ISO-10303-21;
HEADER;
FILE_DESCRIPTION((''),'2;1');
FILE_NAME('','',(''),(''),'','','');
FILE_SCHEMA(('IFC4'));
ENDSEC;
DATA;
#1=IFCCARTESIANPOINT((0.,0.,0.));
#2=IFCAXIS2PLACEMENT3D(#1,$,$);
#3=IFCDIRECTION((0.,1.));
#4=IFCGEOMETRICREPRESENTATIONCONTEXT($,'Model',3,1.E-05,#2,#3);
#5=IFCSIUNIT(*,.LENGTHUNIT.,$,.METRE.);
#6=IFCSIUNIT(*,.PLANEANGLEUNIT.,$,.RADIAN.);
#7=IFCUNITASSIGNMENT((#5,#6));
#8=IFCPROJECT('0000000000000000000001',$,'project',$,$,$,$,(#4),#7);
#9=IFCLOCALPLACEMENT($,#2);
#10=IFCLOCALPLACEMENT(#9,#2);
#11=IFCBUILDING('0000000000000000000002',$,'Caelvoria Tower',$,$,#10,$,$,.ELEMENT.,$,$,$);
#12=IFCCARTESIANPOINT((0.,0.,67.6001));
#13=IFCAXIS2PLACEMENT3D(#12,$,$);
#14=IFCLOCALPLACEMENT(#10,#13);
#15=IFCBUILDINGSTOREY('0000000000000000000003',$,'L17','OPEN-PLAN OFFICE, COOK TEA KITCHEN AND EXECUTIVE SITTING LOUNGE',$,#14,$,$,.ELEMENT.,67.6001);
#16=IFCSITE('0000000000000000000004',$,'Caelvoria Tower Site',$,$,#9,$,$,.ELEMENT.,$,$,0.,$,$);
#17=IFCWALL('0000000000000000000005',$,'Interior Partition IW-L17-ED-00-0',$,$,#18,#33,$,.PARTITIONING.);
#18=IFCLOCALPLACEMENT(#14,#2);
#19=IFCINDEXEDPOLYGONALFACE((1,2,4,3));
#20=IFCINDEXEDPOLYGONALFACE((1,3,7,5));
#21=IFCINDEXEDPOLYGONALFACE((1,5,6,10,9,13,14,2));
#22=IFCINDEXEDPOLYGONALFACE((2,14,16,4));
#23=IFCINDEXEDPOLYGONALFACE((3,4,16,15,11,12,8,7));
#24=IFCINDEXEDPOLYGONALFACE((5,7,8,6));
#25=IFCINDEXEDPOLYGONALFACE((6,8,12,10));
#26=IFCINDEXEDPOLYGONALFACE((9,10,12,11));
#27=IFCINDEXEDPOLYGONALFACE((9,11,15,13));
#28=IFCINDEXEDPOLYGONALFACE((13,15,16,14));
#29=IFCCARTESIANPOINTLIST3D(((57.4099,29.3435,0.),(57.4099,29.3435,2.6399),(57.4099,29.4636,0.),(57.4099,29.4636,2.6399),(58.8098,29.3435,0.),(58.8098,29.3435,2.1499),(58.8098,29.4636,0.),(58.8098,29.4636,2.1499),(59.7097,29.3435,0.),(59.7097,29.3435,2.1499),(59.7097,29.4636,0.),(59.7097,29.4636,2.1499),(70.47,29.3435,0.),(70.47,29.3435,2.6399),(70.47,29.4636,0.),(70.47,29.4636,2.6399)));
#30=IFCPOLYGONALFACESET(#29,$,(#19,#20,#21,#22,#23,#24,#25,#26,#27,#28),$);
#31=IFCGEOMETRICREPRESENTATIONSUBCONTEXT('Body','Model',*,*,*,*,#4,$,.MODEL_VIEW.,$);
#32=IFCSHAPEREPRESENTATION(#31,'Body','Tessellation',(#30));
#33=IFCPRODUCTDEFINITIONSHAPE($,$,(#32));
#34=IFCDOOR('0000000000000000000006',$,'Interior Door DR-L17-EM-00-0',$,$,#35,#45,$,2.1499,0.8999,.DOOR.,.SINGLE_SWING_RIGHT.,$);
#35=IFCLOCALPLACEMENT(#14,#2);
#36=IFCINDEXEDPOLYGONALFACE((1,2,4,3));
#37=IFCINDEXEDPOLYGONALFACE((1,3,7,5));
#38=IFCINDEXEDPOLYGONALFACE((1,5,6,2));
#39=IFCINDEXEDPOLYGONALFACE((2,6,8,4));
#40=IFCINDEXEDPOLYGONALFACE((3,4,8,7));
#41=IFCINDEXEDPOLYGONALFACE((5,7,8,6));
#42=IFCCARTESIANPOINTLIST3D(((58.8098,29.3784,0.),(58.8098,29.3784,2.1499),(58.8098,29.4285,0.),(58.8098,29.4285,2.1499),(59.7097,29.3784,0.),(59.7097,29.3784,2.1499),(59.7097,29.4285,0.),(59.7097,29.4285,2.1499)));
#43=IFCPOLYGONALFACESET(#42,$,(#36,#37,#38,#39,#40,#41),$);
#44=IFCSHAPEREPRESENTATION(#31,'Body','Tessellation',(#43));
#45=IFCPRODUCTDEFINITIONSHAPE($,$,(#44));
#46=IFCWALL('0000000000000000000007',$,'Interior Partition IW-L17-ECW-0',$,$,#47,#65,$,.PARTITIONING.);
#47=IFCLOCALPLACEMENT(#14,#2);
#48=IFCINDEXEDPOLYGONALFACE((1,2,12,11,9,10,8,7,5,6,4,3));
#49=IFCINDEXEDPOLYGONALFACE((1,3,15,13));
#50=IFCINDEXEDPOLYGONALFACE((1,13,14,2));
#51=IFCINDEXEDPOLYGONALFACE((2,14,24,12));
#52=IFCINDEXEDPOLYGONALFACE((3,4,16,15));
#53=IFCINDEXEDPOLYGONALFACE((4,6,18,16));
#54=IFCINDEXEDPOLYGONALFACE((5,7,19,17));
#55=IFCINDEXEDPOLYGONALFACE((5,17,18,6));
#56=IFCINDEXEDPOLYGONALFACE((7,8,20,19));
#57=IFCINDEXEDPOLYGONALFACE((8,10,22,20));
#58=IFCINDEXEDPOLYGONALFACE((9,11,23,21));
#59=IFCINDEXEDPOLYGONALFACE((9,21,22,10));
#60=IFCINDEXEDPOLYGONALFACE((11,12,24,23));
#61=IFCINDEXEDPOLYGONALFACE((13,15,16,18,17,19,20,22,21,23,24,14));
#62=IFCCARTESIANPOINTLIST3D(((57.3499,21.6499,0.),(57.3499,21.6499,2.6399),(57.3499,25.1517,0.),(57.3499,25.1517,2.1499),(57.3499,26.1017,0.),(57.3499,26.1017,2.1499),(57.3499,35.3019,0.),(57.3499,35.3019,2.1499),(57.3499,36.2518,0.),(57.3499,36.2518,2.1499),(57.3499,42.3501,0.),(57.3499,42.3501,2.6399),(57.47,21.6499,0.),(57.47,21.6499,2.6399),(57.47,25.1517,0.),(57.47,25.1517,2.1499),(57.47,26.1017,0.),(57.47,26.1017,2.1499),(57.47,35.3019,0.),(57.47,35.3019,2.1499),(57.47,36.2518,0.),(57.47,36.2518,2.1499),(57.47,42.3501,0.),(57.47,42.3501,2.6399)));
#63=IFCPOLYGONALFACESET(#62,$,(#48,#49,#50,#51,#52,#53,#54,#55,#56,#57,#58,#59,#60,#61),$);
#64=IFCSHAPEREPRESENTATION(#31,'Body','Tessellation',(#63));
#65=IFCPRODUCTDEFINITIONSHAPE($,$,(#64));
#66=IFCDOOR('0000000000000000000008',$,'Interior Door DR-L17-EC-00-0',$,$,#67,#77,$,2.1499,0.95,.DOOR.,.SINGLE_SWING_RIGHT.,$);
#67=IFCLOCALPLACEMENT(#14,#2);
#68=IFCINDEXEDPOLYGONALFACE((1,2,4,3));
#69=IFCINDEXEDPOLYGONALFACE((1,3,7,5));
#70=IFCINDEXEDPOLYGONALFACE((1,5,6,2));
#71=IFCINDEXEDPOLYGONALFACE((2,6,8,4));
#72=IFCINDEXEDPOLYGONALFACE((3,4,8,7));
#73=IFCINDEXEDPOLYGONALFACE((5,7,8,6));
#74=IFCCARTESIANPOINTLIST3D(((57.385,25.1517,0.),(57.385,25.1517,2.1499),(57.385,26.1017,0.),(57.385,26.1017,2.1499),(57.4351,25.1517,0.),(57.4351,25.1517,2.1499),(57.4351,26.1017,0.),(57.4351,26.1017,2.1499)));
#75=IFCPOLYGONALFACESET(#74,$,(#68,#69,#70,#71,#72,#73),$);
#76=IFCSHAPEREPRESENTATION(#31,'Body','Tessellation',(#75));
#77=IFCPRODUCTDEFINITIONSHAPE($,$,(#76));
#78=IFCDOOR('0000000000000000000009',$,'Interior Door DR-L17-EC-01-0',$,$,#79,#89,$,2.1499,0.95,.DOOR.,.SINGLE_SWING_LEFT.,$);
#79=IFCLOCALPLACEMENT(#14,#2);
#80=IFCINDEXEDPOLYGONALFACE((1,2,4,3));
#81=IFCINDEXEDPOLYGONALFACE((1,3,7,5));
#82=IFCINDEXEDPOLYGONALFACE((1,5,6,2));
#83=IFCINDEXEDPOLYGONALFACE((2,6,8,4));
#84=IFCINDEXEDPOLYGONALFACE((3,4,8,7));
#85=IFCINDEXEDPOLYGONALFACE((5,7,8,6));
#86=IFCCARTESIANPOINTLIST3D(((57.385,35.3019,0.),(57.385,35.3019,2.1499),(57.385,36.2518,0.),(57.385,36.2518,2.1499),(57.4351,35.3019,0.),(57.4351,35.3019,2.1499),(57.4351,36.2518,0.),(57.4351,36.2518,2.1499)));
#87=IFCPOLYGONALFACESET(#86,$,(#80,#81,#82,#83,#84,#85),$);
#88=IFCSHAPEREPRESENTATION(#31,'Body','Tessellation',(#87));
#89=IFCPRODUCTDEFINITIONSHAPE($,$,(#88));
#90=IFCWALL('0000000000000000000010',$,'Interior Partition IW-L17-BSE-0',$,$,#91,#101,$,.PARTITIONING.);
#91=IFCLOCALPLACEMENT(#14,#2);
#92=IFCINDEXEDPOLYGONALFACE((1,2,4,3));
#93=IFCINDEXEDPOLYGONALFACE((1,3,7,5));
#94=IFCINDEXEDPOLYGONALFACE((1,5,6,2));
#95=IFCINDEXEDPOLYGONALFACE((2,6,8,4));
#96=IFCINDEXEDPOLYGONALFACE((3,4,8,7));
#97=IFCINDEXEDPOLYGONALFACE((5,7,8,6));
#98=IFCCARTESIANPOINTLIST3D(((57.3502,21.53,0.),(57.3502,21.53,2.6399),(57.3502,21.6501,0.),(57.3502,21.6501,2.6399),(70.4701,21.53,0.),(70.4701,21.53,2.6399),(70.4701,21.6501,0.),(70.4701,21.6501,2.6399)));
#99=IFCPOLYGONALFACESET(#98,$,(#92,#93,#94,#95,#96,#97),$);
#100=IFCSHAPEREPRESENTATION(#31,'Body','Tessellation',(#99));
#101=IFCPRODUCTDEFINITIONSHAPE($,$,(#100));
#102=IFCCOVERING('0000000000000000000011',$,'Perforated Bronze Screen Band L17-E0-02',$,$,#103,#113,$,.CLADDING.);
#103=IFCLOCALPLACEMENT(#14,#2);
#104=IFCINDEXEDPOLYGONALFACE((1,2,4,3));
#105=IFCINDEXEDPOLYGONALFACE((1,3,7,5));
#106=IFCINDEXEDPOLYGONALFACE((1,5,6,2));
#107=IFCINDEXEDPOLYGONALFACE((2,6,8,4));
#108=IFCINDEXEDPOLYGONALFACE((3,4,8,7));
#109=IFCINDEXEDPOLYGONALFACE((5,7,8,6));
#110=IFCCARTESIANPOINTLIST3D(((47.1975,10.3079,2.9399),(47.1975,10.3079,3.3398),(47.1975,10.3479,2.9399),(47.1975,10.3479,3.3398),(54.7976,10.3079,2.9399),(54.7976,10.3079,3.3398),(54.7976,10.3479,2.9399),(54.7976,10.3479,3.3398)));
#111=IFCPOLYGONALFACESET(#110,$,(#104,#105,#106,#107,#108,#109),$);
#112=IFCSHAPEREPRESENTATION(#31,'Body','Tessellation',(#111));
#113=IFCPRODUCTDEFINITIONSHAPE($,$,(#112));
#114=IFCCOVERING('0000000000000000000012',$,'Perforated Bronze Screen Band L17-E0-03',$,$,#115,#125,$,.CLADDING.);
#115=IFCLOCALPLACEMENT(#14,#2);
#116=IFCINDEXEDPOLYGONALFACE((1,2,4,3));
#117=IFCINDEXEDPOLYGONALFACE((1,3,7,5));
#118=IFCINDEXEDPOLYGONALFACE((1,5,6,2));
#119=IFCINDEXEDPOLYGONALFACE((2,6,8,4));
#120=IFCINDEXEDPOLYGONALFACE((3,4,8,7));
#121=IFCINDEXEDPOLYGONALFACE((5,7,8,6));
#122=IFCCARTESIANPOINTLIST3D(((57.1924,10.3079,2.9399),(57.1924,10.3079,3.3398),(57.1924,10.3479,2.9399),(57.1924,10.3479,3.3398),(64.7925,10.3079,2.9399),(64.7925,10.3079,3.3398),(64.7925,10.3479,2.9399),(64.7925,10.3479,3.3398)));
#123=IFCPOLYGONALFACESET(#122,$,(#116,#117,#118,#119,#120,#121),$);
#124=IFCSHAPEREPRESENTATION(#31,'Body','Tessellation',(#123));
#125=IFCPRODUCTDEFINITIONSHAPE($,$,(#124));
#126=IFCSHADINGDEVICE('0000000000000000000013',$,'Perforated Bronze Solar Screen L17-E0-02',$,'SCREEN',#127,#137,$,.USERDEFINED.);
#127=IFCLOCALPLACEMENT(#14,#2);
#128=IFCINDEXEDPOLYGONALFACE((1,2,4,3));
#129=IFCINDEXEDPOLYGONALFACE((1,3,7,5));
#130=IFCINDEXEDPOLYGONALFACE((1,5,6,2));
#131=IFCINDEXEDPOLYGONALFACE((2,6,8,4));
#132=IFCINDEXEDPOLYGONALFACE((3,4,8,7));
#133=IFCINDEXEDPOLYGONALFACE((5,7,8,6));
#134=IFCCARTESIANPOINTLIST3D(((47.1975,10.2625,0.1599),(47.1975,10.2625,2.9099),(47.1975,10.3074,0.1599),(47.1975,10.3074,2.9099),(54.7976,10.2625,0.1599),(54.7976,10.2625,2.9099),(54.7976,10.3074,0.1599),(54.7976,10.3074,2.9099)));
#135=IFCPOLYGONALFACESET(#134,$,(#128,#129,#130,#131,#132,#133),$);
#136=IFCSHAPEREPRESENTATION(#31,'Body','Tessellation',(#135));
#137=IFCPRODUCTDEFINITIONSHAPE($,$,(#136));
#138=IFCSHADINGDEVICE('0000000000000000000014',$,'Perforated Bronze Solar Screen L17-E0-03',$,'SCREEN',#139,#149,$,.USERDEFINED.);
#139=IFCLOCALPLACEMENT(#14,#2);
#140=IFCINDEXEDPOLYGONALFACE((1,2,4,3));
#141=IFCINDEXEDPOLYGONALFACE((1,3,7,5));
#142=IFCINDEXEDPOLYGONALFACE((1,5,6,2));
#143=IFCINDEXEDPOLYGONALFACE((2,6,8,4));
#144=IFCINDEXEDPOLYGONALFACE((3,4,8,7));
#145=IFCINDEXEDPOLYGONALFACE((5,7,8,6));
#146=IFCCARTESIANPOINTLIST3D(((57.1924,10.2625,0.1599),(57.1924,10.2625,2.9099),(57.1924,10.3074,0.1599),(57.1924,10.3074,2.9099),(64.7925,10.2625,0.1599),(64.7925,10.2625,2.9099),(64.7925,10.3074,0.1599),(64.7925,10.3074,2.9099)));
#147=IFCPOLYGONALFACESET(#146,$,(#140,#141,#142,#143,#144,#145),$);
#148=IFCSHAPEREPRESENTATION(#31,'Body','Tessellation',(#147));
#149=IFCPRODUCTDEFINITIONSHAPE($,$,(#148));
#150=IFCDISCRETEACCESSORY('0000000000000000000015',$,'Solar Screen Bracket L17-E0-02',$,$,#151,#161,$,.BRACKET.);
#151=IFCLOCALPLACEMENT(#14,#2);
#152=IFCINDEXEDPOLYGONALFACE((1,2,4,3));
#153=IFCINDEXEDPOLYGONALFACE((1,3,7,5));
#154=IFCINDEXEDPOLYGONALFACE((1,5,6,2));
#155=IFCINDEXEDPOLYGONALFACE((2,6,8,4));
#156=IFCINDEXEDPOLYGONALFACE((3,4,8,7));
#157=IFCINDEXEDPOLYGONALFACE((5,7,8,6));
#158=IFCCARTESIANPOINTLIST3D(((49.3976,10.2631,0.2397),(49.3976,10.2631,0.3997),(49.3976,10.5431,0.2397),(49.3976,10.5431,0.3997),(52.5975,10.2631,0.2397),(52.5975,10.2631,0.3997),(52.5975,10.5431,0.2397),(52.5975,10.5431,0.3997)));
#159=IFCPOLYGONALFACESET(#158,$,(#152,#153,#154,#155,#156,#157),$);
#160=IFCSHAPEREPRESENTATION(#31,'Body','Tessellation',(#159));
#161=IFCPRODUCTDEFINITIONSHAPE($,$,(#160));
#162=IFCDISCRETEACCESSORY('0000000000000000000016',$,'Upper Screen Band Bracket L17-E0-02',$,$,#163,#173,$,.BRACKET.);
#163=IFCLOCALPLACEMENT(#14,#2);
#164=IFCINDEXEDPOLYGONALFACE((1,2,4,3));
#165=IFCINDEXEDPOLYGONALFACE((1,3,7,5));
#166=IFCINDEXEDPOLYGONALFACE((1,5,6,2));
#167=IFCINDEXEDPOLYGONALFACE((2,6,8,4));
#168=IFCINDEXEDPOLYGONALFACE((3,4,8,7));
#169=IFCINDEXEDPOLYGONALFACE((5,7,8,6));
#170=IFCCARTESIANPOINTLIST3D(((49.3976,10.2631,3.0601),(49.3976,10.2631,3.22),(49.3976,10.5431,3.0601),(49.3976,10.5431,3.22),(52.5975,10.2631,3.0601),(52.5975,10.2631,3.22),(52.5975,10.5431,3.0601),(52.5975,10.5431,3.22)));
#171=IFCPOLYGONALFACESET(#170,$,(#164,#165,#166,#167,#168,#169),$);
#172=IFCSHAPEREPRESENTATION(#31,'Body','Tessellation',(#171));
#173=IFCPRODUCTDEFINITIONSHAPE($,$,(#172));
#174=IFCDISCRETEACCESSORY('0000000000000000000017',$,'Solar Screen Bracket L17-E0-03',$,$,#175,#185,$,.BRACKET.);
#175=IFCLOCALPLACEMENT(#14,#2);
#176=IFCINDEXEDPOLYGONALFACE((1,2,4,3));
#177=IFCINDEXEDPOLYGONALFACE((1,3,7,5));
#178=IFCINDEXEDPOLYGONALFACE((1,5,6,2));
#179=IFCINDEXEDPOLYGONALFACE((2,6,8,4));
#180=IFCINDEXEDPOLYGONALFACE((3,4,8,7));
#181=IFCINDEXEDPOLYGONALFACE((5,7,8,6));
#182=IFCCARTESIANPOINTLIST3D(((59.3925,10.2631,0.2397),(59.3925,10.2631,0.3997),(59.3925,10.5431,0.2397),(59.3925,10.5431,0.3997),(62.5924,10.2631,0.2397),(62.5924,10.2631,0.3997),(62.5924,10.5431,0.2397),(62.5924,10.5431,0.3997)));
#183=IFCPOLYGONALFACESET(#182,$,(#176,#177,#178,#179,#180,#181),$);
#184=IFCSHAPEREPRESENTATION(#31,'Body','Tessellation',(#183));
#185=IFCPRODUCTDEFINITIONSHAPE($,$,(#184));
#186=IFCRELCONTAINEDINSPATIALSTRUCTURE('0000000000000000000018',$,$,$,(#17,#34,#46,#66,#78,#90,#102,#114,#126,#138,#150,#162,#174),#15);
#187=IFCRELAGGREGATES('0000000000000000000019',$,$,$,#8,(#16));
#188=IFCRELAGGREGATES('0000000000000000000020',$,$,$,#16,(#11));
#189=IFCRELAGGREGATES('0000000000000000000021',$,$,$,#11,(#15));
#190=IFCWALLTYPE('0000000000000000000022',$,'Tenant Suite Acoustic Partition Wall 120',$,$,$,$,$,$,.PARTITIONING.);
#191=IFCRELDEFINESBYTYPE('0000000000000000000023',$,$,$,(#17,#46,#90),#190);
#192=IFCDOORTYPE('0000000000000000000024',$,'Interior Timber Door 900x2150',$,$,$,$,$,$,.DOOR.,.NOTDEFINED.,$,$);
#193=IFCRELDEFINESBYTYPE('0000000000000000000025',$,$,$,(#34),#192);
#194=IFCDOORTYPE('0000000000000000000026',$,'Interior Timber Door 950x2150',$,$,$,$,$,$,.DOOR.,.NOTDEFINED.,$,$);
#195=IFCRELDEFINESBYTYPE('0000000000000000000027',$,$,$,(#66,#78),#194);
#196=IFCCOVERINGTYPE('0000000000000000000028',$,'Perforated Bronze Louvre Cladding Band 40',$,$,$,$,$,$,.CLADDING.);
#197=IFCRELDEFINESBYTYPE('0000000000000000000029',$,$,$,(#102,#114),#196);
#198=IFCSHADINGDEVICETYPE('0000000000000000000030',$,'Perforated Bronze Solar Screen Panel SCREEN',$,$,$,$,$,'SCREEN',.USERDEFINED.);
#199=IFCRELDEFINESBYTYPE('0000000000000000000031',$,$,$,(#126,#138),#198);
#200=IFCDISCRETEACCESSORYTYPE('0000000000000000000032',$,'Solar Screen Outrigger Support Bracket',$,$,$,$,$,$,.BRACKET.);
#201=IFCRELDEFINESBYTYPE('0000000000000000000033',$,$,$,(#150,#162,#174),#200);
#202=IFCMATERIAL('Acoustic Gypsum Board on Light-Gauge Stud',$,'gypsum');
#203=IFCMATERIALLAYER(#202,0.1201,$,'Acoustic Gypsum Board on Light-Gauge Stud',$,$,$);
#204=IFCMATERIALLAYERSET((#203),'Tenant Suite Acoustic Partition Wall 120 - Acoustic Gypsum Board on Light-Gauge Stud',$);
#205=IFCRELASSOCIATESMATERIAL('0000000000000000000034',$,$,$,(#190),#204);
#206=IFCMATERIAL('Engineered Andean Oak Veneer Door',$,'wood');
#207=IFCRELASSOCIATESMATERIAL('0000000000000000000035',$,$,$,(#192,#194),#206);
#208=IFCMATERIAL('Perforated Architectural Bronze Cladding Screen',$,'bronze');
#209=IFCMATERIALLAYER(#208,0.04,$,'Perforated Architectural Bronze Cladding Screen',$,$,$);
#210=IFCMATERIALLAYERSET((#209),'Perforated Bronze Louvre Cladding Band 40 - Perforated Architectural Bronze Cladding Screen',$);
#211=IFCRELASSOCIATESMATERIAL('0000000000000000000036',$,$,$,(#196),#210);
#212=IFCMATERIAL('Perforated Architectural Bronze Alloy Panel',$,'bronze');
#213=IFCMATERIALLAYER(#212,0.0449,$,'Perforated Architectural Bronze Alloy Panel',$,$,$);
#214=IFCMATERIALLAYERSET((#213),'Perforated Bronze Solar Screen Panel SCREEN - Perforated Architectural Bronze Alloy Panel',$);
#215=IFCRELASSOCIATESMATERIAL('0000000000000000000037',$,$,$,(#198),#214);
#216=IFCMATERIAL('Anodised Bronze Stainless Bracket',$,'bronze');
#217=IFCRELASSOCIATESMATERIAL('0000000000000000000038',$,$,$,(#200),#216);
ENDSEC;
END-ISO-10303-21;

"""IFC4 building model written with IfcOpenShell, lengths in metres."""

from ifc_helpers import new_model, si_unit, direction, frame, frame_2d, origin, origin_2d, place, context, subcontext, project, spatial, rectangle, extrude, material, layer, layer_set, type_object, element, fill, save


model = new_model("IFC4")

# Units and contexts
model_context = context("Model", 3, precision=1e-05, world=origin(), true_north=direction((0.0, 1.0)))
body_context = subcontext(model_context, "Body", "Model", "MODEL_VIEW")
ifc_project = project(units=[si_unit("LENGTHUNIT", "METRE"), si_unit("PLANEANGLEUNIT", "RADIAN")], contexts=[model_context])

# Site, building, storey
site_placement = place(None, origin())
site = spatial("IfcSite", under=ifc_project, at=site_placement, Name="Caelvoria Tower Site", CompositionType="ELEMENT", RefElevation=0.0)
building_placement = place(site_placement, origin())
building = spatial("IfcBuilding", under=site, at=building_placement, Name="Caelvoria Tower", CompositionType="ELEMENT")
storey_placement = place(building_placement, frame((0.0, 0.0, 67.6001)))
storey = spatial("IfcBuildingStorey", under=building, at=storey_placement, Name="L17", Description="OPEN-PLAN OFFICE, COOK TEA KITCHEN AND EXECUTIVE SITTING LOUNGE", CompositionType="ELEMENT", Elevation=67.6001)

# Wall, opening, door
ifc_material_1 = material(Name="Acoustic Gypsum Board on Light-Gauge Stud", Category="gypsum")
ifc_layer_1 = layer(ifc_material_1, 0.1201, Name="Acoustic Gypsum Board on Light-Gauge Stud")
ifc_layer_set_1 = layer_set([ifc_layer_1], Name="Tenant Suite Acoustic Partition Wall 120 - Acoustic Gypsum Board on Light-Gauge Stud")
wall_type_1 = type_object("IfcWallType", Name="Tenant Suite Acoustic Partition Wall 120", PredefinedType="PARTITIONING", material=ifc_layer_set_1)
ifc_material_2 = material(Name="Engineered Andean Oak Veneer Door", Category="wood")
door_type_1 = type_object("IfcDoorType", Name="Interior Timber Door 900x2150", OperationType="NOTDEFINED", PredefinedType="DOOR", material=ifc_material_2)
wall_1_placement = place(storey_placement, frame((57.4099, 29.4036, 0.0), z_axis=(0.0, 0.0, 1.0), x_axis=(1.0, 0.0, 0.0)))
wall_1 = element("IfcWall", 1, at=wall_1_placement, inside=storey, type_object=wall_type_1, Name="Interior Partition IW-L17-ED-00-0", PredefinedType="PARTITIONING", context=body_context, shape_type="SweptSolid", body=[
    extrude(rectangle(XDim=13.0601, YDim=0.1201, at=frame_2d((6.53, 0.0))), origin(), (0.0, 0.0, 1.0), 2.6399),
])
opening_1_placement = place(wall_1_placement, frame((1.3999, 0.0, 0.0)))
opening_1 = element("IfcOpeningElement", 2, at=opening_1_placement, cuts=wall_1, PredefinedType="OPENING", context=body_context, shape_type="SweptSolid", body=[
    extrude(rectangle(XDim=0.8999, YDim=2.1499, at=frame_2d((0.45, 1.075))), frame((0.0, 0.0701, 0.0), z_axis=(0.0, -1.0, 0.0), x_axis=(1.0, 0.0, 0.0)), (0.0, 0.0, 1.0), 0.1401),
])
door_1_placement = place(opening_1_placement, origin())
door_1 = element("IfcDoor", 3, at=door_1_placement, inside=storey, type_object=door_type_1, Name="Interior Door DR-L17-EM-00-0", OperationType="SINGLE_SWING_RIGHT", OverallHeight=2.1499, OverallWidth=0.8999, PredefinedType="DOOR", context=body_context, shape_type="SweptSolid", body=[
    extrude(rectangle(XDim=0.8999, YDim=2.1499, at=frame_2d((0.45, 1.075))), frame((0.0, 0.0249, 0.0), z_axis=(0.0, -1.0, 0.0), x_axis=(1.0, 0.0, 0.0)), (0.0, 0.0, 1.0), 0.05),
])
fill(opening_1, door_1)

# Wall, openings, doors
wall_2_placement = place(storey_placement, frame((57.4099, 21.6499, 0.0), z_axis=(0.0, 0.0, 1.0), x_axis=(0.0, 1.0, 0.0)))
wall_2 = element("IfcWall", 4, at=wall_2_placement, inside=storey, type_object=wall_type_1, Name="Interior Partition IW-L17-ECW-0", PredefinedType="PARTITIONING", context=body_context, shape_type="SweptSolid", body=[
    extrude(rectangle(XDim=20.7002, YDim=0.1201, at=frame_2d((10.3501, 0.0))), origin(), (0.0, 0.0, 1.0), 2.6399),
])
opening_2_placement = place(wall_2_placement, frame((3.5017, 0.0, 0.0)))
opening_2 = element("IfcOpeningElement", 5, at=opening_2_placement, cuts=wall_2, PredefinedType="OPENING", context=body_context, shape_type="SweptSolid", body=[
    extrude(rectangle(XDim=0.95, YDim=2.1499, at=frame_2d((0.4751, 1.075))), frame((0.0, 0.0701, 0.0), z_axis=(0.0, -1.0, 0.0), x_axis=(1.0, 0.0, 0.0)), (0.0, 0.0, 1.0), 0.1401),
])
opening_3_placement = place(wall_2_placement, frame((13.6519, 0.0, 0.0)))
opening_3 = element("IfcOpeningElement", 6, at=opening_3_placement, cuts=wall_2, PredefinedType="OPENING", context=body_context, shape_type="SweptSolid", body=[
    extrude(rectangle(XDim=0.95, YDim=2.1499, at=frame_2d((0.4751, 1.075))), frame((0.0, 0.0701, 0.0), z_axis=(0.0, -1.0, 0.0), x_axis=(1.0, 0.0, 0.0)), (0.0, 0.0, 1.0), 0.1401),
])
door_type_2 = type_object("IfcDoorType", Name="Interior Timber Door 950x2150", OperationType="NOTDEFINED", PredefinedType="DOOR", material=ifc_material_2)
door_2_placement = place(opening_2_placement, origin())
door_2 = element("IfcDoor", 7, at=door_2_placement, inside=storey, type_object=door_type_2, Name="Interior Door DR-L17-EC-00-0", OperationType="SINGLE_SWING_RIGHT", OverallHeight=2.1499, OverallWidth=0.95, PredefinedType="DOOR", context=body_context, shape_type="SweptSolid", body=[
    extrude(rectangle(XDim=0.95, YDim=2.1499, at=frame_2d((0.4751, 1.075))), frame((0.0, 0.0249, 0.0), z_axis=(0.0, -1.0, 0.0), x_axis=(1.0, 0.0, 0.0)), (0.0, 0.0, 1.0), 0.05),
])
fill(opening_2, door_2)
door_3_placement = place(opening_3_placement, origin())
door_3 = element("IfcDoor", 8, at=door_3_placement, inside=storey, type_object=door_type_2, Name="Interior Door DR-L17-EC-01-0", OperationType="SINGLE_SWING_LEFT", OverallHeight=2.1499, OverallWidth=0.95, PredefinedType="DOOR", context=body_context, shape_type="SweptSolid", body=[
    extrude(rectangle(XDim=0.95, YDim=2.1499, at=frame_2d((0.4751, 1.075))), frame((0.0, 0.0249, 0.0), z_axis=(0.0, -1.0, 0.0), x_axis=(1.0, 0.0, 0.0)), (0.0, 0.0, 1.0), 0.05),
])
fill(opening_3, door_3)

# Wall
wall_3_placement = place(storey_placement, frame((57.3501, 21.5901, 0.0), z_axis=(0.0, 0.0, 1.0), x_axis=(1.0, 0.0, 0.0)))
element("IfcWall", 9, at=wall_3_placement, inside=storey, type_object=wall_type_1, Name="Interior Partition IW-L17-BSE-0", PredefinedType="PARTITIONING", context=body_context, shape_type="SweptSolid", body=[
    extrude(rectangle(XDim=13.1199, YDim=0.1201, at=frame_2d((6.5601, 0.0))), origin(), (0.0, 0.0, 1.0), 2.6399),
])

# Coverings
ifc_material_3 = material(Name="Perforated Architectural Bronze Cladding Screen", Category="bronze")
ifc_layer_2 = layer(ifc_material_3, 0.04, Name="Perforated Architectural Bronze Cladding Screen")
ifc_layer_set_2 = layer_set([ifc_layer_2], Name="Perforated Bronze Louvre Cladding Band 40 - Perforated Architectural Bronze Cladding Screen")
covering_type = type_object("IfcCoveringType", Name="Perforated Bronze Louvre Cladding Band 40", PredefinedType="CLADDING", material=ifc_layer_set_2)
for number, where, z_axis, x_axis, name in (
    (10, (50.9976, 10.3279, 2.9399), (0.0, 0.0, 1.0), (1.0, 0.0, 0.0), "Perforated Bronze Screen Band L17-E0-02"),
    (11, (60.9924, 10.3279, 2.9399), (0.0, 0.0, 1.0), (1.0, 0.0, 0.0), "Perforated Bronze Screen Band L17-E0-03"),
):
    element("IfcCovering", number, at=place(storey_placement, frame(where, z_axis=z_axis, x_axis=x_axis)), inside=storey, type_object=covering_type, Name=name, PredefinedType="CLADDING", context=body_context, shape_type="SweptSolid", body=[
        extrude(rectangle(XDim=7.6001, YDim=0.04, at=origin_2d()), origin(), (0.0, 0.0, 1.0), 0.3999),
    ])

# Shading devices
ifc_material_4 = material(Name="Perforated Architectural Bronze Alloy Panel", Category="bronze")
ifc_layer_3 = layer(ifc_material_4, 0.0449, Name="Perforated Architectural Bronze Alloy Panel")
ifc_layer_set_3 = layer_set([ifc_layer_3], Name="Perforated Bronze Solar Screen Panel SCREEN - Perforated Architectural Bronze Alloy Panel")
shading_device_type = type_object("IfcShadingDeviceType", Name="Perforated Bronze Solar Screen Panel SCREEN", ElementType="SCREEN", PredefinedType="USERDEFINED", material=ifc_layer_set_3)
for number, where, z_axis, x_axis, name in (
    (12, (50.9976, 10.2849, 0.1599), (0.0, 0.0, 1.0), (1.0, 0.0, 0.0), "Perforated Bronze Solar Screen L17-E0-02"),
    (13, (60.9924, 10.2849, 0.1599), (0.0, 0.0, 1.0), (1.0, 0.0, 0.0), "Perforated Bronze Solar Screen L17-E0-03"),
):
    element("IfcShadingDevice", number, at=place(storey_placement, frame(where, z_axis=z_axis, x_axis=x_axis)), inside=storey, type_object=shading_device_type, Name=name, ObjectType="SCREEN", PredefinedType="USERDEFINED", context=body_context, shape_type="SweptSolid", body=[
        extrude(rectangle(XDim=7.6001, YDim=0.0449, at=origin_2d()), origin(), (0.0, 0.0, 1.0), 2.75),
    ])

# Discrete accessories
ifc_material_5 = material(Name="Anodised Bronze Stainless Bracket", Category="bronze")
discrete_accessory_type = type_object("IfcDiscreteAccessoryType", Name="Solar Screen Outrigger Support Bracket", PredefinedType="BRACKET", material=ifc_material_5)
for number, where, z_axis, x_axis, name in (
    (14, (50.9976, 10.4031, 0.2397), (0.0, 0.0, 1.0), (1.0, 0.0, 0.0), "Solar Screen Bracket L17-E0-02"),
    (15, (50.9976, 10.4031, 3.0601), (0.0, 0.0, 1.0), (1.0, 0.0, 0.0), "Upper Screen Band Bracket L17-E0-02"),
    (16, (60.9924, 10.4031, 0.2397), (0.0, 0.0, 1.0), (1.0, 0.0, 0.0), "Solar Screen Bracket L17-E0-03"),
):
    element("IfcDiscreteAccessory", number, at=place(storey_placement, frame(where, z_axis=z_axis, x_axis=x_axis)), inside=storey, type_object=discrete_accessory_type, Name=name, PredefinedType="BRACKET", context=body_context, shape_type="SweptSolid", body=[
        extrude(rectangle(XDim=3.2, YDim=0.28, at=origin_2d()), origin(), (0.0, 0.0, 1.0), 0.1599),
    ])

save(model, "model.ifc")
